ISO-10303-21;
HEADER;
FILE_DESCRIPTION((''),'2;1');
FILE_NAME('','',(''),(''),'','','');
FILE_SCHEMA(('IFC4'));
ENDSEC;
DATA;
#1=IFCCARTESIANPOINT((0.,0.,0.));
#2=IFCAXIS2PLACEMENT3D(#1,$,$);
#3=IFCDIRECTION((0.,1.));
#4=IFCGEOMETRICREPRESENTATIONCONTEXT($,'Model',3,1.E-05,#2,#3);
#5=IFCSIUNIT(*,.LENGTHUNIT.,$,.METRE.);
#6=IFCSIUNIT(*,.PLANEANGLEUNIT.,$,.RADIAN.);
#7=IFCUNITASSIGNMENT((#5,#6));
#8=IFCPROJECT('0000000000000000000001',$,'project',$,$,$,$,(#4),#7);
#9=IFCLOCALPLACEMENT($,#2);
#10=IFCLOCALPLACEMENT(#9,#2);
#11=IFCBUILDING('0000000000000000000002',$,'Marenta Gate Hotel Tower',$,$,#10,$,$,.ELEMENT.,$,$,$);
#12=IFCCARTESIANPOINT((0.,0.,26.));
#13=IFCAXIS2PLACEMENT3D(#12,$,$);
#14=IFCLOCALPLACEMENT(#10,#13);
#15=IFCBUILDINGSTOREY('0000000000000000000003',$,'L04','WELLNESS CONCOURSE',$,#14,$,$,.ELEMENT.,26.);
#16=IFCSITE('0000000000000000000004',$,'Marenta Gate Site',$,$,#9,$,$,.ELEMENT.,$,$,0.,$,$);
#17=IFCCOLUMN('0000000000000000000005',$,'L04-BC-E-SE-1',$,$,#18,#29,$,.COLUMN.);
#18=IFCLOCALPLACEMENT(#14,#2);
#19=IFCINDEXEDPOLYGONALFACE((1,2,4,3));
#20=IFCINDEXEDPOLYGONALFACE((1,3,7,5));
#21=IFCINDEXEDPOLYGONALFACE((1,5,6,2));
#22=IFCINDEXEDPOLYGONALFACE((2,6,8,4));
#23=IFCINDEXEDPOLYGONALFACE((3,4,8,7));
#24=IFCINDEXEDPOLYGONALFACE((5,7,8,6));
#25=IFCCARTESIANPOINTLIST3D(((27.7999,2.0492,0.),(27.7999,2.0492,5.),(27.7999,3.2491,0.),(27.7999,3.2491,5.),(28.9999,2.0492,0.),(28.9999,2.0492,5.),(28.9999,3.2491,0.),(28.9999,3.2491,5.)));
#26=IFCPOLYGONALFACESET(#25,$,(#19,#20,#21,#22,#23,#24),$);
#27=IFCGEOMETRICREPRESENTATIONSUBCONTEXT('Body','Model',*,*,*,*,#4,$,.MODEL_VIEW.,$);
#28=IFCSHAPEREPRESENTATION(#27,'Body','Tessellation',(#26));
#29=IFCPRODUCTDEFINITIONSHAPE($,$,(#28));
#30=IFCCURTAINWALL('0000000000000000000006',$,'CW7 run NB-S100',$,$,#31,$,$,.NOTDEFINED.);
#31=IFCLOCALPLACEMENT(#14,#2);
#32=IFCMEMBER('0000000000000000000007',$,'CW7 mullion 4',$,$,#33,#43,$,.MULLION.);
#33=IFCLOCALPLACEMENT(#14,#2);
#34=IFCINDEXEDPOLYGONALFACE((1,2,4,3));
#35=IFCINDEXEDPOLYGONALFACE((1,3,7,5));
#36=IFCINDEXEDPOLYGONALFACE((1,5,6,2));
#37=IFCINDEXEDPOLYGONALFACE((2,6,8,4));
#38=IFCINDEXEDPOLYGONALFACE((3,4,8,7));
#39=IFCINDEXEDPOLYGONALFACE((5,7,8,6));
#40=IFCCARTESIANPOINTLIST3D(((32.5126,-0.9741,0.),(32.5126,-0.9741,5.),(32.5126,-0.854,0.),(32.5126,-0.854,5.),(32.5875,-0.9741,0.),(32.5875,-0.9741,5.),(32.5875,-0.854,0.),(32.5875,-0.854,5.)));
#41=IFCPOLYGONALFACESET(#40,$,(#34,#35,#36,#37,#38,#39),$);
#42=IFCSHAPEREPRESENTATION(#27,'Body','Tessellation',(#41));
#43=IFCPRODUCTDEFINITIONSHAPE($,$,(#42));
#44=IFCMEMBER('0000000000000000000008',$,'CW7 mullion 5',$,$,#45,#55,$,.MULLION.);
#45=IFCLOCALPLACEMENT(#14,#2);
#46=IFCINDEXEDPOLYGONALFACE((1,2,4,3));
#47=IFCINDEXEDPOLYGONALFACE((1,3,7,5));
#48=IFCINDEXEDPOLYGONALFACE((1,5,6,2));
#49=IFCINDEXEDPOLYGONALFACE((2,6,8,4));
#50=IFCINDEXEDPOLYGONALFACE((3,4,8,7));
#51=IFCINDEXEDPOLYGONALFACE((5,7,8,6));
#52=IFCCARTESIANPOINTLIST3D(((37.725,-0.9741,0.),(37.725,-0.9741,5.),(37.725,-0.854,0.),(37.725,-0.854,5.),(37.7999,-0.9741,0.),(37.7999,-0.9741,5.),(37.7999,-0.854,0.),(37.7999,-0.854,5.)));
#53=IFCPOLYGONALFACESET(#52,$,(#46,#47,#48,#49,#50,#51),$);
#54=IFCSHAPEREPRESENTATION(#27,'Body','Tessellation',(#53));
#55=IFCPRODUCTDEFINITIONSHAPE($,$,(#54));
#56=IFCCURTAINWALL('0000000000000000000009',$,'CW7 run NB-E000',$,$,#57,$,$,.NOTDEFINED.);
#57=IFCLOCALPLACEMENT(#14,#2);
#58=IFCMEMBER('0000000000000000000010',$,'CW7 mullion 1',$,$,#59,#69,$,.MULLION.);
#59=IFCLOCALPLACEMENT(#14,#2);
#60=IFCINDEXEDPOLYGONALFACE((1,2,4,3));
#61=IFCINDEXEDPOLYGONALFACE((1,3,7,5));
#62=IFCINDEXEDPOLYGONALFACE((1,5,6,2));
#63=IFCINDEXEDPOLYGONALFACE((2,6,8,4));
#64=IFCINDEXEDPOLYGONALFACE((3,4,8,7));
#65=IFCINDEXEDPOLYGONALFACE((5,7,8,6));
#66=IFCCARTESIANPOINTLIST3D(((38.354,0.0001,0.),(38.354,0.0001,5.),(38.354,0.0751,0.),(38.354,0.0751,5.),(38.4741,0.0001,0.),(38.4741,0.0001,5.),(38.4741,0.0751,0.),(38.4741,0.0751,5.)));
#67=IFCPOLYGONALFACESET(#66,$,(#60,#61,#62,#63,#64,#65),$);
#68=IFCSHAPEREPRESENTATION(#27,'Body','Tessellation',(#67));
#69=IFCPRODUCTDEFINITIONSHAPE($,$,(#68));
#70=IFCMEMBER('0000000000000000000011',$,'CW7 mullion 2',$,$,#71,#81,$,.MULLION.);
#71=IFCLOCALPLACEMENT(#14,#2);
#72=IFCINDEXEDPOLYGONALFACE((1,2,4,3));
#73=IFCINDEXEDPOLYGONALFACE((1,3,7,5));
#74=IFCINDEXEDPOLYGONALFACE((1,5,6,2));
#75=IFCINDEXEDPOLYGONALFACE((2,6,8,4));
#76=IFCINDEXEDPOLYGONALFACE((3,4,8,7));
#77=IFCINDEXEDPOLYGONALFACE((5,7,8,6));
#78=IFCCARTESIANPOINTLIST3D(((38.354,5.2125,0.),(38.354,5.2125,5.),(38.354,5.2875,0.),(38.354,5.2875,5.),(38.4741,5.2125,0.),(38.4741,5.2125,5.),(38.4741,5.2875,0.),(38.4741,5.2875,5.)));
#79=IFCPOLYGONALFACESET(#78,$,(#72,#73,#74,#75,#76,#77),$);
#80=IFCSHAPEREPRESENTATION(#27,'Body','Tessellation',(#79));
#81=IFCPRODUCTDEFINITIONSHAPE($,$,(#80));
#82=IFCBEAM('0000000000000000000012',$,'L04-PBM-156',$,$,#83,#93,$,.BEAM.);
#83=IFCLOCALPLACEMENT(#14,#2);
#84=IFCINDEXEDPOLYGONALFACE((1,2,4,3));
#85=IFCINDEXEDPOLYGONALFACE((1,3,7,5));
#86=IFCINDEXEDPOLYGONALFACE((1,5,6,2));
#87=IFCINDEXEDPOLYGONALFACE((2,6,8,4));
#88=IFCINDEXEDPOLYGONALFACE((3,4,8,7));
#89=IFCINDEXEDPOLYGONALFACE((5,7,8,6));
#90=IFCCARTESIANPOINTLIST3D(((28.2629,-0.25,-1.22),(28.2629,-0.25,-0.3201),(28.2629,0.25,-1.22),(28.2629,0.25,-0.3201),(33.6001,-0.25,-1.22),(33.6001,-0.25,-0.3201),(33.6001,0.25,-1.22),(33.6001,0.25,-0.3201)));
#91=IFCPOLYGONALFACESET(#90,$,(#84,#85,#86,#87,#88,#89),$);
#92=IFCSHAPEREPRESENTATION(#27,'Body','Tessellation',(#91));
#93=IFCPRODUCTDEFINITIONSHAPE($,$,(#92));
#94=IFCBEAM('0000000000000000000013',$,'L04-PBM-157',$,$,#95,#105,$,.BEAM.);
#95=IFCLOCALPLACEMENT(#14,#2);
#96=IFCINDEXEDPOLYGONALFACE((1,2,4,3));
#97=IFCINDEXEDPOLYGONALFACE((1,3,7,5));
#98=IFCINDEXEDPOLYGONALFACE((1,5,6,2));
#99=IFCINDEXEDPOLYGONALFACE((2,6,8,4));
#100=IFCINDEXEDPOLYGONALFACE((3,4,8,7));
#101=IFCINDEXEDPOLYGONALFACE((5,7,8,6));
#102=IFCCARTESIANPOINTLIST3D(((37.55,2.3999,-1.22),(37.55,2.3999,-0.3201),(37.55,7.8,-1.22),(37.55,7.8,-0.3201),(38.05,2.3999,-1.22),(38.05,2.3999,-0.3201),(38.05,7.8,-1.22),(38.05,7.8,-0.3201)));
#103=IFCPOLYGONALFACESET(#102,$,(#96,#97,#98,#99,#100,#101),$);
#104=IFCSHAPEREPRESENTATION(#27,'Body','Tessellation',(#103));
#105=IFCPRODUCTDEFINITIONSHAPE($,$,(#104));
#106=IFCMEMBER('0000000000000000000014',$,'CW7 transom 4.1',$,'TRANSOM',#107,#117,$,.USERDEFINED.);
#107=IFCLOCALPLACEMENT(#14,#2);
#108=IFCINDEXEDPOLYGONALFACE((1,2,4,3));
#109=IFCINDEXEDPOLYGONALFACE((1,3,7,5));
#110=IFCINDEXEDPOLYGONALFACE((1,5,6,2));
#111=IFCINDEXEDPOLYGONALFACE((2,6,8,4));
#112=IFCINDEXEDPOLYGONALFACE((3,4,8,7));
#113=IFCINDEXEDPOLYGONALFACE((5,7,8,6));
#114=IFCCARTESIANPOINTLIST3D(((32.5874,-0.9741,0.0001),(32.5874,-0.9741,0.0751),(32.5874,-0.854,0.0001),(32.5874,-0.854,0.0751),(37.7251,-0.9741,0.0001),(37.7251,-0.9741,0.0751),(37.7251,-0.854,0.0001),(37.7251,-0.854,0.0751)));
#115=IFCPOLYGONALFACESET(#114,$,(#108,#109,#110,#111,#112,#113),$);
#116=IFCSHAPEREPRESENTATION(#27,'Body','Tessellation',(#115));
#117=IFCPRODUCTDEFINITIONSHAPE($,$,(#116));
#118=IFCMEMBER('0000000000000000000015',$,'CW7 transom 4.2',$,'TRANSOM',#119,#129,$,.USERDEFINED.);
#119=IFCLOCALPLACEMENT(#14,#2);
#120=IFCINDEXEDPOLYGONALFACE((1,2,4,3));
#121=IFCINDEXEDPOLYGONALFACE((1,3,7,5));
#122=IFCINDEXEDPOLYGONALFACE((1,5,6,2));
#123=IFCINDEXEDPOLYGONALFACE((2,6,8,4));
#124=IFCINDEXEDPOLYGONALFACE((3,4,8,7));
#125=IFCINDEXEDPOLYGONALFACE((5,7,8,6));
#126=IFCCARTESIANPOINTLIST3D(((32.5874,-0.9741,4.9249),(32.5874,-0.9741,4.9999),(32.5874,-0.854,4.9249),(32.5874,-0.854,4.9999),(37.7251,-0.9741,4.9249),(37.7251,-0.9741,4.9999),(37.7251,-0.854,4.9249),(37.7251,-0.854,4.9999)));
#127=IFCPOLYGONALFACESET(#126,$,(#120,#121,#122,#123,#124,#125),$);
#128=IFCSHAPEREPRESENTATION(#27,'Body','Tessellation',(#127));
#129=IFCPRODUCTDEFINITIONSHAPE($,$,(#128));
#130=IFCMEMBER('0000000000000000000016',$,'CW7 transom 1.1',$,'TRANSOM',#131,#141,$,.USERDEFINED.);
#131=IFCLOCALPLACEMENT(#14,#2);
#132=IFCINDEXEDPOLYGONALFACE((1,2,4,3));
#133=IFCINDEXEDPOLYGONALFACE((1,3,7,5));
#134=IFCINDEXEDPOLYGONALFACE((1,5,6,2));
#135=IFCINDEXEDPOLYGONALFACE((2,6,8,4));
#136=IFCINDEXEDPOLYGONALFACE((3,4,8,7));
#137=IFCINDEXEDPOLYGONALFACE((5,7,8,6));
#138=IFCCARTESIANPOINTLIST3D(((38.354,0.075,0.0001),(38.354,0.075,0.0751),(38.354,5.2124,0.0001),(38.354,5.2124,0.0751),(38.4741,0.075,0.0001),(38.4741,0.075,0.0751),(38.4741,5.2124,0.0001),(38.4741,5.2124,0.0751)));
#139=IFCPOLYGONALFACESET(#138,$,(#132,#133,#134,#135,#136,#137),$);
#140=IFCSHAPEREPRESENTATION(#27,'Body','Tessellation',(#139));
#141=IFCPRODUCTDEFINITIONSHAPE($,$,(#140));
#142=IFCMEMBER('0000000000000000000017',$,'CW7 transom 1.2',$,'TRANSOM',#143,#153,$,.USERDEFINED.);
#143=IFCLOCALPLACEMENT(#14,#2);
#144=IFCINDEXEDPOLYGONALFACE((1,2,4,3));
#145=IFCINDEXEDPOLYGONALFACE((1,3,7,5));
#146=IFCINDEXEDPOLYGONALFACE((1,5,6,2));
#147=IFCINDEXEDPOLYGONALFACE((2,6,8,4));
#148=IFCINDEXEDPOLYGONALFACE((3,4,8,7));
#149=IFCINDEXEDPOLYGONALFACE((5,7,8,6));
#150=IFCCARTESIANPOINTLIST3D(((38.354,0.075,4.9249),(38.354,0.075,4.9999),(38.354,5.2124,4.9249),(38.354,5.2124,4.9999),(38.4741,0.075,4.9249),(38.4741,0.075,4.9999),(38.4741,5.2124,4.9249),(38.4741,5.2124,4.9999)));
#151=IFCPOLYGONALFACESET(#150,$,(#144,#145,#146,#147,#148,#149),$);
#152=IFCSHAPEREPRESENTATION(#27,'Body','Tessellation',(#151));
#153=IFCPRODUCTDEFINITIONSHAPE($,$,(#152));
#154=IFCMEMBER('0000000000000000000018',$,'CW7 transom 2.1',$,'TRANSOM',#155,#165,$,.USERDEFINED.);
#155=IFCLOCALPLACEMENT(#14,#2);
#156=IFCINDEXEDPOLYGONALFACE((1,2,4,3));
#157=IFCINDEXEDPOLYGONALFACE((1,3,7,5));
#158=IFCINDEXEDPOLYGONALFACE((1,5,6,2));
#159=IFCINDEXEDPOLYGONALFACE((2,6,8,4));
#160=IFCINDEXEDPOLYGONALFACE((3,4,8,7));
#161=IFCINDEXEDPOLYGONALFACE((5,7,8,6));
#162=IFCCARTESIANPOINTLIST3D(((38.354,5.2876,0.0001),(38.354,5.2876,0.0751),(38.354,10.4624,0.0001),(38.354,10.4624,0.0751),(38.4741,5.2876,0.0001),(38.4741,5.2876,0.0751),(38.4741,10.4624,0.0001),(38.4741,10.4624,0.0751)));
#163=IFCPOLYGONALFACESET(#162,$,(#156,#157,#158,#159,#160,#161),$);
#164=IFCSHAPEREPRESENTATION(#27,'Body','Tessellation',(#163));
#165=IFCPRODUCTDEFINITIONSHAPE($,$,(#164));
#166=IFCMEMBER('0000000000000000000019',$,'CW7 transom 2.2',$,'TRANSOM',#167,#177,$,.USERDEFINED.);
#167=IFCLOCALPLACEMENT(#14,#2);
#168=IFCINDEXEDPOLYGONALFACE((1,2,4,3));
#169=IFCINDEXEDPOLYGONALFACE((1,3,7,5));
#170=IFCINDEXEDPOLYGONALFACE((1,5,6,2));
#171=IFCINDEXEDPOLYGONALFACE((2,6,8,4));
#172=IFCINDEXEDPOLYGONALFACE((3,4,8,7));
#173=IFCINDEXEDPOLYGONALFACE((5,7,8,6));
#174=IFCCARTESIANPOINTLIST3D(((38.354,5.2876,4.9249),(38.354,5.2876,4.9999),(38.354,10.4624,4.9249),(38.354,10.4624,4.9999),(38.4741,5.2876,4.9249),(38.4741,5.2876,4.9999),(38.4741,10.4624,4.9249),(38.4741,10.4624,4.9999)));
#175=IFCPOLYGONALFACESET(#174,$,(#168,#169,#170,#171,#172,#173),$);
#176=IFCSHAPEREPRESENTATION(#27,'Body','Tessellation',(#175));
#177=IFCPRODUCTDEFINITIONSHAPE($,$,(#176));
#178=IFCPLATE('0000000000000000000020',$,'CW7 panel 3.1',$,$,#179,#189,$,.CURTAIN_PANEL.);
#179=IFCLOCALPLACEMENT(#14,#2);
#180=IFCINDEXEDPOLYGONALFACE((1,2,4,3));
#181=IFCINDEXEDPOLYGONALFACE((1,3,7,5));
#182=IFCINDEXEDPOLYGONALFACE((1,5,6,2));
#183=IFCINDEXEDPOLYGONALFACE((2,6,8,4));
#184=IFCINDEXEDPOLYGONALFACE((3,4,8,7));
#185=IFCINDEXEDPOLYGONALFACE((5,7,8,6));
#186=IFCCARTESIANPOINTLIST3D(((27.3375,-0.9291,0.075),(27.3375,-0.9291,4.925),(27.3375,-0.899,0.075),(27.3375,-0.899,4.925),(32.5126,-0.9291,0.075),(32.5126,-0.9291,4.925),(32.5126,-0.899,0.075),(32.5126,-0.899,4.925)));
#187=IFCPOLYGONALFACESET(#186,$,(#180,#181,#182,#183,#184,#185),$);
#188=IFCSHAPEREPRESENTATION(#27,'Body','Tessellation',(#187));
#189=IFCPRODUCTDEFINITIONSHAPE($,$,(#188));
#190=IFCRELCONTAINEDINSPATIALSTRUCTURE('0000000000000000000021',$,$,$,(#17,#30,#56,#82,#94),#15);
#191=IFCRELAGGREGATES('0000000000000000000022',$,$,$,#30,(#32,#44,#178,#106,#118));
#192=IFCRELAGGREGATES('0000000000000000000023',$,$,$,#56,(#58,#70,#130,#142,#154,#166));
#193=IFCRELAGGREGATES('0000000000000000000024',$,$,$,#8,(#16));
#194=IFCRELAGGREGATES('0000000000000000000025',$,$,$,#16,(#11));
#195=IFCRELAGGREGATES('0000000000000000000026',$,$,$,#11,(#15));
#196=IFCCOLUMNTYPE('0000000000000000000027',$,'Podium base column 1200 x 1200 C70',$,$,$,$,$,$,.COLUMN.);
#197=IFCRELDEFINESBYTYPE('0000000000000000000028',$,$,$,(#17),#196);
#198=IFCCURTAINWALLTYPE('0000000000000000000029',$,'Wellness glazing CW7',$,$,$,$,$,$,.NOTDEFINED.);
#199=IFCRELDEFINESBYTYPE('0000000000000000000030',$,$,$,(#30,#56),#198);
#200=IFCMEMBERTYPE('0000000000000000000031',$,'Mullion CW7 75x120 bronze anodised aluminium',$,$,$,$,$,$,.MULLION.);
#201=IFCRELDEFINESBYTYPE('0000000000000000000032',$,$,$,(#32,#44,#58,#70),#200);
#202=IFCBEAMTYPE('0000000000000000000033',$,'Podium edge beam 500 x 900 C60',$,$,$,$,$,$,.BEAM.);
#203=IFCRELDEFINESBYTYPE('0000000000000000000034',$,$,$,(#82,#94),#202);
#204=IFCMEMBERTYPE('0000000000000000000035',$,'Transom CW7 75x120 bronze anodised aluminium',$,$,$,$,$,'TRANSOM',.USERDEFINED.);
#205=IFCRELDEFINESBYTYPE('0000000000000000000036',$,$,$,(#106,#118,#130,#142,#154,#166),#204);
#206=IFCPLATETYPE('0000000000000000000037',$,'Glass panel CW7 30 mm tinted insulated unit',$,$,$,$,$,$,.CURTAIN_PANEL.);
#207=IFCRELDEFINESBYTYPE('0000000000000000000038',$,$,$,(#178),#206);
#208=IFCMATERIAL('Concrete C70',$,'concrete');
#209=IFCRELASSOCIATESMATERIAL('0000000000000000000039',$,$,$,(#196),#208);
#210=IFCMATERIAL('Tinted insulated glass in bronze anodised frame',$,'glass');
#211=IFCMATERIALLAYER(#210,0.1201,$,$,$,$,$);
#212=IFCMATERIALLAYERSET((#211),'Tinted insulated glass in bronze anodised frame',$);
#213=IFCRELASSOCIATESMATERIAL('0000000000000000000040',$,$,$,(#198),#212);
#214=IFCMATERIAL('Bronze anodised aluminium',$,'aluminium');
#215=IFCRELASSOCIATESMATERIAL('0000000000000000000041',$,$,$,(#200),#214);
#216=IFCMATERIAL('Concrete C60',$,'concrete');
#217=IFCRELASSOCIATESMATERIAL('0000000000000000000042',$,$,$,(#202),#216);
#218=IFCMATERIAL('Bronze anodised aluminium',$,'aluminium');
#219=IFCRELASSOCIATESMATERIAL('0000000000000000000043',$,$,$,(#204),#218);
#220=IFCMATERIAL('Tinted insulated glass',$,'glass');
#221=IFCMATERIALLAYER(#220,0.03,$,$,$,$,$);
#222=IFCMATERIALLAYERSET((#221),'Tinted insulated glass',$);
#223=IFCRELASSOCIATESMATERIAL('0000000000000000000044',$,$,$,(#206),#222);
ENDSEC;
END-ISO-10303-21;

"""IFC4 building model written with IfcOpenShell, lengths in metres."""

from ifc_helpers import new_model, si_unit, direction, frame, origin, origin_2d, place, context, subcontext, project, spatial, rectangle, extrude, material, layer, layer_set, material_profile, profile_set, type_object, element, aggregate, save


model = new_model("IFC4")

# Units and contexts
model_context = context("Model", 3, precision=1e-05, world=origin(), true_north=direction((0.0, 1.0)))
body_context = subcontext(model_context, "Body", "Model", "MODEL_VIEW")
ifc_project = project(units=[si_unit("LENGTHUNIT", "METRE"), si_unit("PLANEANGLEUNIT", "RADIAN")], contexts=[model_context])

# Site, building, storey
site_placement = place(None, origin())
site = spatial("IfcSite", under=ifc_project, at=site_placement, Name="Marenta Gate Site", CompositionType="ELEMENT", RefElevation=0.0)
building_placement = place(site_placement, origin())
building = spatial("IfcBuilding", under=site, at=building_placement, Name="Marenta Gate Hotel Tower", CompositionType="ELEMENT")
storey_placement = place(building_placement, frame((0.0, 0.0, 26.0)))
storey = spatial("IfcBuildingStorey", under=building, at=storey_placement, Name="L04", Description="WELLNESS CONCOURSE", CompositionType="ELEMENT", Elevation=26.0)

# Column
ifc_material_1 = material(Name="Concrete C70", Category="concrete")
ifc_material_profile_1 = material_profile(ifc_material_1, rectangle(XDim=1.2, YDim=1.2, at=origin_2d()), Name="1200 x 1200")
ifc_profile_set_1 = profile_set([ifc_material_profile_1], Name="Concrete C70")
column_type = type_object("IfcColumnType", Name="Podium base column 1200 x 1200 C70", PredefinedType="COLUMN", material=ifc_profile_set_1)
column_placement = place(storey_placement, frame((28.3999, 2.6492, 0.0), z_axis=(0.0, 0.0, 1.0), x_axis=(1.0, 0.0, 0.0)))
element("IfcColumn", 1, at=column_placement, inside=storey, type_object=column_type, Name="L04-BC-E-SE-1", PredefinedType="COLUMN", context=body_context, shape_type="SweptSolid", body=[
    extrude(rectangle(XDim=1.2, YDim=1.2, at=origin_2d()), origin(), (0.0, 0.0, 1.0), 5.0),
])

# Curtain walls, members
ifc_material_2 = material(Name="Tinted insulated glass in bronze anodised frame", Category="glass")
ifc_layer_1 = layer(ifc_material_2, 0.1201)
ifc_layer_set_1 = layer_set([ifc_layer_1], Name="Tinted insulated glass in bronze anodised frame")
curtain_wall_type = type_object("IfcCurtainWallType", Name="Wellness glazing CW7", PredefinedType="NOTDEFINED", material=ifc_layer_set_1)
curtain_wall_1_placement = place(storey_placement, origin())
curtain_wall_1 = element("IfcCurtainWall", 2, at=curtain_wall_1_placement, inside=storey, type_object=curtain_wall_type, Name="CW7 run NB-S100", PredefinedType="NOTDEFINED")
ifc_material_3 = material(Name="Bronze anodised aluminium", Category="aluminium")
ifc_material_profile_2 = material_profile(ifc_material_3, rectangle(XDim=0.1201, YDim=0.075, at=origin_2d()), Name="Mullion CW7 75x120 bronze anodised aluminium")
ifc_profile_set_2 = profile_set([ifc_material_profile_2], Name="Bronze anodised aluminium")
member_type_1 = type_object("IfcMemberType", Name="Mullion CW7 75x120 bronze anodised aluminium", PredefinedType="MULLION", material=ifc_profile_set_2)
member_1_placement = place(storey_placement, frame((32.55, -0.9141, 0.0), z_axis=(0.0, 0.0, 1.0), x_axis=(0.0, 1.0, 0.0)))
member_1 = element("IfcMember", 3, at=member_1_placement, type_object=member_type_1, Name="CW7 mullion 4", PredefinedType="MULLION", context=body_context, shape_type="SweptSolid", body=[
    extrude(rectangle(XDim=0.1201, YDim=0.075, at=origin_2d()), origin(), (0.0, 0.0, 1.0), 5.0),
])
member_2_placement = place(storey_placement, frame((37.7625, -0.9141, 0.0), z_axis=(0.0, 0.0, 1.0), x_axis=(0.0, 1.0, 0.0)))
member_2 = element("IfcMember", 4, at=member_2_placement, type_object=member_type_1, Name="CW7 mullion 5", PredefinedType="MULLION", context=body_context, shape_type="SweptSolid", body=[
    extrude(rectangle(XDim=0.1201, YDim=0.075, at=origin_2d()), origin(), (0.0, 0.0, 1.0), 5.0),
])
curtain_wall_2_placement = place(storey_placement, origin())
curtain_wall_2 = element("IfcCurtainWall", 5, at=curtain_wall_2_placement, inside=storey, type_object=curtain_wall_type, Name="CW7 run NB-E000", PredefinedType="NOTDEFINED")
member_3_placement = place(storey_placement, frame((38.4141, 0.0376, 0.0), z_axis=(0.0, 0.0, 1.0), x_axis=(-1.0, 0.0, 0.0)))
member_3 = element("IfcMember", 6, at=member_3_placement, type_object=member_type_1, Name="CW7 mullion 1", PredefinedType="MULLION", context=body_context, shape_type="SweptSolid", body=[
    extrude(rectangle(XDim=0.1201, YDim=0.075, at=origin_2d()), origin(), (0.0, 0.0, 1.0), 5.0),
])
member_4_placement = place(storey_placement, frame((38.4141, 5.25, 0.0), z_axis=(0.0, 0.0, 1.0), x_axis=(-1.0, 0.0, 0.0)))
member_4 = element("IfcMember", 7, at=member_4_placement, type_object=member_type_1, Name="CW7 mullion 2", PredefinedType="MULLION", context=body_context, shape_type="SweptSolid", body=[
    extrude(rectangle(XDim=0.1201, YDim=0.075, at=origin_2d()), origin(), (0.0, 0.0, 1.0), 5.0),
])

# Beams
ifc_material_4 = material(Name="Concrete C60", Category="concrete")
ifc_material_profile_3 = material_profile(ifc_material_4, rectangle(XDim=0.5, YDim=0.8999, at=origin_2d()), Name="500 x 900")
ifc_profile_set_3 = profile_set([ifc_material_profile_3], Name="Concrete C60")
beam_type = type_object("IfcBeamType", Name="Podium edge beam 500 x 900 C60", PredefinedType="BEAM", material=ifc_profile_set_3)
beam_1_placement = place(storey_placement, frame((28.2629, 0.0, -0.77), z_axis=(1.0, 0.0, 0.0), x_axis=(0.0, 1.0, 0.0)))
element("IfcBeam", 8, at=beam_1_placement, inside=storey, type_object=beam_type, Name="L04-PBM-156", PredefinedType="BEAM", context=body_context, shape_type="SweptSolid", body=[
    extrude(rectangle(XDim=0.5, YDim=0.8999, at=origin_2d()), origin(), (0.0, 0.0, 1.0), 5.3372),
])
beam_2_placement = place(storey_placement, frame((37.8, 2.3999, -0.77), z_axis=(0.0, 1.0, 0.0), x_axis=(-1.0, 0.0, 0.0)))
element("IfcBeam", 9, at=beam_2_placement, inside=storey, type_object=beam_type, Name="L04-PBM-157", PredefinedType="BEAM", context=body_context, shape_type="SweptSolid", body=[
    extrude(rectangle(XDim=0.5, YDim=0.8999, at=origin_2d()), origin(), (0.0, 0.0, 1.0), 5.4001),
])

# Members
ifc_material_5 = material(Name="Bronze anodised aluminium", Category="aluminium")
ifc_material_profile_4 = material_profile(ifc_material_5, rectangle(XDim=0.1201, YDim=0.075, at=origin_2d()), Name="Transom CW7 75x120 bronze anodised aluminium")
ifc_profile_set_4 = profile_set([ifc_material_profile_4], Name="Bronze anodised aluminium")
member_type_2 = type_object("IfcMemberType", Name="Transom CW7 75x120 bronze anodised aluminium", ElementType="TRANSOM", PredefinedType="USERDEFINED", material=ifc_profile_set_4)
member_5_placement = place(storey_placement, frame((32.5874, -0.9141, 0.0376), z_axis=(1.0, 0.0, 0.0), x_axis=(0.0, 1.0, 0.0)))
member_5 = element("IfcMember", 10, at=member_5_placement, type_object=member_type_2, Name="CW7 transom 4.1", ObjectType="TRANSOM", PredefinedType="USERDEFINED", context=body_context, shape_type="SweptSolid", body=[
    extrude(rectangle(XDim=0.1201, YDim=0.075, at=origin_2d()), origin(), (0.0, 0.0, 1.0), 5.1377),
])
member_6_placement = place(storey_placement, frame((32.5874, -0.9141, 4.9624), z_axis=(1.0, 0.0, 0.0), x_axis=(0.0, 1.0, 0.0)))
member_6 = element("IfcMember", 11, at=member_6_placement, type_object=member_type_2, Name="CW7 transom 4.2", ObjectType="TRANSOM", PredefinedType="USERDEFINED", context=body_context, shape_type="SweptSolid", body=[
    extrude(rectangle(XDim=0.1201, YDim=0.075, at=origin_2d()), origin(), (0.0, 0.0, 1.0), 5.1377),
])
member_7_placement = place(storey_placement, frame((38.4141, 0.075, 0.0376), z_axis=(0.0, 1.0, 0.0), x_axis=(-1.0, 0.0, 0.0)))
member_7 = element("IfcMember", 12, at=member_7_placement, type_object=member_type_2, Name="CW7 transom 1.1", ObjectType="TRANSOM", PredefinedType="USERDEFINED", context=body_context, shape_type="SweptSolid", body=[
    extrude(rectangle(XDim=0.1201, YDim=0.075, at=origin_2d()), origin(), (0.0, 0.0, 1.0), 5.1375),
])
member_8_placement = place(storey_placement, frame((38.4141, 0.075, 4.9624), z_axis=(0.0, 1.0, 0.0), x_axis=(-1.0, 0.0, 0.0)))
member_8 = element("IfcMember", 13, at=member_8_placement, type_object=member_type_2, Name="CW7 transom 1.2", ObjectType="TRANSOM", PredefinedType="USERDEFINED", context=body_context, shape_type="SweptSolid", body=[
    extrude(rectangle(XDim=0.1201, YDim=0.075, at=origin_2d()), origin(), (0.0, 0.0, 1.0), 5.1375),
])
member_9_placement = place(storey_placement, frame((38.4141, 5.2876, 0.0376), z_axis=(0.0, 1.0, 0.0), x_axis=(-1.0, 0.0, 0.0)))
member_9 = element("IfcMember", 14, at=member_9_placement, type_object=member_type_2, Name="CW7 transom 2.1", ObjectType="TRANSOM", PredefinedType="USERDEFINED", context=body_context, shape_type="SweptSolid", body=[
    extrude(rectangle(XDim=0.1201, YDim=0.075, at=origin_2d()), origin(), (0.0, 0.0, 1.0), 5.1748),
])
member_10_placement = place(storey_placement, frame((38.4141, 5.2876, 4.9624), z_axis=(0.0, 1.0, 0.0), x_axis=(-1.0, 0.0, 0.0)))
member_10 = element("IfcMember", 15, at=member_10_placement, type_object=member_type_2, Name="CW7 transom 2.2", ObjectType="TRANSOM", PredefinedType="USERDEFINED", context=body_context, shape_type="SweptSolid", body=[
    extrude(rectangle(XDim=0.1201, YDim=0.075, at=origin_2d()), origin(), (0.0, 0.0, 1.0), 5.1748),
])

# Plate
ifc_material_6 = material(Name="Tinted insulated glass", Category="glass")
ifc_layer_2 = layer(ifc_material_6, 0.03)
ifc_layer_set_2 = layer_set([ifc_layer_2], Name="Tinted insulated glass")
plate_type = type_object("IfcPlateType", Name="Glass panel CW7 30 mm tinted insulated unit", PredefinedType="CURTAIN_PANEL", material=ifc_layer_set_2)
plate_1_placement = place(storey_placement, frame((29.925, -0.9141, 0.075), z_axis=(0.0, 0.0, 1.0), x_axis=(1.0, 0.0, 0.0)))
plate_1 = element("IfcPlate", 16, at=plate_1_placement, type_object=plate_type, Name="CW7 panel 3.1", PredefinedType="CURTAIN_PANEL", context=body_context, shape_type="SweptSolid", body=[
    extrude(rectangle(XDim=5.175, YDim=0.03, at=origin_2d()), origin(), (0.0, 0.0, 1.0), 4.8501),
])
aggregate(curtain_wall_1, [member_1, member_2, plate_1, member_5, member_6])
aggregate(curtain_wall_2, [member_3, member_4, member_7, member_8, member_9, member_10])

save(model, "model.ifc")
